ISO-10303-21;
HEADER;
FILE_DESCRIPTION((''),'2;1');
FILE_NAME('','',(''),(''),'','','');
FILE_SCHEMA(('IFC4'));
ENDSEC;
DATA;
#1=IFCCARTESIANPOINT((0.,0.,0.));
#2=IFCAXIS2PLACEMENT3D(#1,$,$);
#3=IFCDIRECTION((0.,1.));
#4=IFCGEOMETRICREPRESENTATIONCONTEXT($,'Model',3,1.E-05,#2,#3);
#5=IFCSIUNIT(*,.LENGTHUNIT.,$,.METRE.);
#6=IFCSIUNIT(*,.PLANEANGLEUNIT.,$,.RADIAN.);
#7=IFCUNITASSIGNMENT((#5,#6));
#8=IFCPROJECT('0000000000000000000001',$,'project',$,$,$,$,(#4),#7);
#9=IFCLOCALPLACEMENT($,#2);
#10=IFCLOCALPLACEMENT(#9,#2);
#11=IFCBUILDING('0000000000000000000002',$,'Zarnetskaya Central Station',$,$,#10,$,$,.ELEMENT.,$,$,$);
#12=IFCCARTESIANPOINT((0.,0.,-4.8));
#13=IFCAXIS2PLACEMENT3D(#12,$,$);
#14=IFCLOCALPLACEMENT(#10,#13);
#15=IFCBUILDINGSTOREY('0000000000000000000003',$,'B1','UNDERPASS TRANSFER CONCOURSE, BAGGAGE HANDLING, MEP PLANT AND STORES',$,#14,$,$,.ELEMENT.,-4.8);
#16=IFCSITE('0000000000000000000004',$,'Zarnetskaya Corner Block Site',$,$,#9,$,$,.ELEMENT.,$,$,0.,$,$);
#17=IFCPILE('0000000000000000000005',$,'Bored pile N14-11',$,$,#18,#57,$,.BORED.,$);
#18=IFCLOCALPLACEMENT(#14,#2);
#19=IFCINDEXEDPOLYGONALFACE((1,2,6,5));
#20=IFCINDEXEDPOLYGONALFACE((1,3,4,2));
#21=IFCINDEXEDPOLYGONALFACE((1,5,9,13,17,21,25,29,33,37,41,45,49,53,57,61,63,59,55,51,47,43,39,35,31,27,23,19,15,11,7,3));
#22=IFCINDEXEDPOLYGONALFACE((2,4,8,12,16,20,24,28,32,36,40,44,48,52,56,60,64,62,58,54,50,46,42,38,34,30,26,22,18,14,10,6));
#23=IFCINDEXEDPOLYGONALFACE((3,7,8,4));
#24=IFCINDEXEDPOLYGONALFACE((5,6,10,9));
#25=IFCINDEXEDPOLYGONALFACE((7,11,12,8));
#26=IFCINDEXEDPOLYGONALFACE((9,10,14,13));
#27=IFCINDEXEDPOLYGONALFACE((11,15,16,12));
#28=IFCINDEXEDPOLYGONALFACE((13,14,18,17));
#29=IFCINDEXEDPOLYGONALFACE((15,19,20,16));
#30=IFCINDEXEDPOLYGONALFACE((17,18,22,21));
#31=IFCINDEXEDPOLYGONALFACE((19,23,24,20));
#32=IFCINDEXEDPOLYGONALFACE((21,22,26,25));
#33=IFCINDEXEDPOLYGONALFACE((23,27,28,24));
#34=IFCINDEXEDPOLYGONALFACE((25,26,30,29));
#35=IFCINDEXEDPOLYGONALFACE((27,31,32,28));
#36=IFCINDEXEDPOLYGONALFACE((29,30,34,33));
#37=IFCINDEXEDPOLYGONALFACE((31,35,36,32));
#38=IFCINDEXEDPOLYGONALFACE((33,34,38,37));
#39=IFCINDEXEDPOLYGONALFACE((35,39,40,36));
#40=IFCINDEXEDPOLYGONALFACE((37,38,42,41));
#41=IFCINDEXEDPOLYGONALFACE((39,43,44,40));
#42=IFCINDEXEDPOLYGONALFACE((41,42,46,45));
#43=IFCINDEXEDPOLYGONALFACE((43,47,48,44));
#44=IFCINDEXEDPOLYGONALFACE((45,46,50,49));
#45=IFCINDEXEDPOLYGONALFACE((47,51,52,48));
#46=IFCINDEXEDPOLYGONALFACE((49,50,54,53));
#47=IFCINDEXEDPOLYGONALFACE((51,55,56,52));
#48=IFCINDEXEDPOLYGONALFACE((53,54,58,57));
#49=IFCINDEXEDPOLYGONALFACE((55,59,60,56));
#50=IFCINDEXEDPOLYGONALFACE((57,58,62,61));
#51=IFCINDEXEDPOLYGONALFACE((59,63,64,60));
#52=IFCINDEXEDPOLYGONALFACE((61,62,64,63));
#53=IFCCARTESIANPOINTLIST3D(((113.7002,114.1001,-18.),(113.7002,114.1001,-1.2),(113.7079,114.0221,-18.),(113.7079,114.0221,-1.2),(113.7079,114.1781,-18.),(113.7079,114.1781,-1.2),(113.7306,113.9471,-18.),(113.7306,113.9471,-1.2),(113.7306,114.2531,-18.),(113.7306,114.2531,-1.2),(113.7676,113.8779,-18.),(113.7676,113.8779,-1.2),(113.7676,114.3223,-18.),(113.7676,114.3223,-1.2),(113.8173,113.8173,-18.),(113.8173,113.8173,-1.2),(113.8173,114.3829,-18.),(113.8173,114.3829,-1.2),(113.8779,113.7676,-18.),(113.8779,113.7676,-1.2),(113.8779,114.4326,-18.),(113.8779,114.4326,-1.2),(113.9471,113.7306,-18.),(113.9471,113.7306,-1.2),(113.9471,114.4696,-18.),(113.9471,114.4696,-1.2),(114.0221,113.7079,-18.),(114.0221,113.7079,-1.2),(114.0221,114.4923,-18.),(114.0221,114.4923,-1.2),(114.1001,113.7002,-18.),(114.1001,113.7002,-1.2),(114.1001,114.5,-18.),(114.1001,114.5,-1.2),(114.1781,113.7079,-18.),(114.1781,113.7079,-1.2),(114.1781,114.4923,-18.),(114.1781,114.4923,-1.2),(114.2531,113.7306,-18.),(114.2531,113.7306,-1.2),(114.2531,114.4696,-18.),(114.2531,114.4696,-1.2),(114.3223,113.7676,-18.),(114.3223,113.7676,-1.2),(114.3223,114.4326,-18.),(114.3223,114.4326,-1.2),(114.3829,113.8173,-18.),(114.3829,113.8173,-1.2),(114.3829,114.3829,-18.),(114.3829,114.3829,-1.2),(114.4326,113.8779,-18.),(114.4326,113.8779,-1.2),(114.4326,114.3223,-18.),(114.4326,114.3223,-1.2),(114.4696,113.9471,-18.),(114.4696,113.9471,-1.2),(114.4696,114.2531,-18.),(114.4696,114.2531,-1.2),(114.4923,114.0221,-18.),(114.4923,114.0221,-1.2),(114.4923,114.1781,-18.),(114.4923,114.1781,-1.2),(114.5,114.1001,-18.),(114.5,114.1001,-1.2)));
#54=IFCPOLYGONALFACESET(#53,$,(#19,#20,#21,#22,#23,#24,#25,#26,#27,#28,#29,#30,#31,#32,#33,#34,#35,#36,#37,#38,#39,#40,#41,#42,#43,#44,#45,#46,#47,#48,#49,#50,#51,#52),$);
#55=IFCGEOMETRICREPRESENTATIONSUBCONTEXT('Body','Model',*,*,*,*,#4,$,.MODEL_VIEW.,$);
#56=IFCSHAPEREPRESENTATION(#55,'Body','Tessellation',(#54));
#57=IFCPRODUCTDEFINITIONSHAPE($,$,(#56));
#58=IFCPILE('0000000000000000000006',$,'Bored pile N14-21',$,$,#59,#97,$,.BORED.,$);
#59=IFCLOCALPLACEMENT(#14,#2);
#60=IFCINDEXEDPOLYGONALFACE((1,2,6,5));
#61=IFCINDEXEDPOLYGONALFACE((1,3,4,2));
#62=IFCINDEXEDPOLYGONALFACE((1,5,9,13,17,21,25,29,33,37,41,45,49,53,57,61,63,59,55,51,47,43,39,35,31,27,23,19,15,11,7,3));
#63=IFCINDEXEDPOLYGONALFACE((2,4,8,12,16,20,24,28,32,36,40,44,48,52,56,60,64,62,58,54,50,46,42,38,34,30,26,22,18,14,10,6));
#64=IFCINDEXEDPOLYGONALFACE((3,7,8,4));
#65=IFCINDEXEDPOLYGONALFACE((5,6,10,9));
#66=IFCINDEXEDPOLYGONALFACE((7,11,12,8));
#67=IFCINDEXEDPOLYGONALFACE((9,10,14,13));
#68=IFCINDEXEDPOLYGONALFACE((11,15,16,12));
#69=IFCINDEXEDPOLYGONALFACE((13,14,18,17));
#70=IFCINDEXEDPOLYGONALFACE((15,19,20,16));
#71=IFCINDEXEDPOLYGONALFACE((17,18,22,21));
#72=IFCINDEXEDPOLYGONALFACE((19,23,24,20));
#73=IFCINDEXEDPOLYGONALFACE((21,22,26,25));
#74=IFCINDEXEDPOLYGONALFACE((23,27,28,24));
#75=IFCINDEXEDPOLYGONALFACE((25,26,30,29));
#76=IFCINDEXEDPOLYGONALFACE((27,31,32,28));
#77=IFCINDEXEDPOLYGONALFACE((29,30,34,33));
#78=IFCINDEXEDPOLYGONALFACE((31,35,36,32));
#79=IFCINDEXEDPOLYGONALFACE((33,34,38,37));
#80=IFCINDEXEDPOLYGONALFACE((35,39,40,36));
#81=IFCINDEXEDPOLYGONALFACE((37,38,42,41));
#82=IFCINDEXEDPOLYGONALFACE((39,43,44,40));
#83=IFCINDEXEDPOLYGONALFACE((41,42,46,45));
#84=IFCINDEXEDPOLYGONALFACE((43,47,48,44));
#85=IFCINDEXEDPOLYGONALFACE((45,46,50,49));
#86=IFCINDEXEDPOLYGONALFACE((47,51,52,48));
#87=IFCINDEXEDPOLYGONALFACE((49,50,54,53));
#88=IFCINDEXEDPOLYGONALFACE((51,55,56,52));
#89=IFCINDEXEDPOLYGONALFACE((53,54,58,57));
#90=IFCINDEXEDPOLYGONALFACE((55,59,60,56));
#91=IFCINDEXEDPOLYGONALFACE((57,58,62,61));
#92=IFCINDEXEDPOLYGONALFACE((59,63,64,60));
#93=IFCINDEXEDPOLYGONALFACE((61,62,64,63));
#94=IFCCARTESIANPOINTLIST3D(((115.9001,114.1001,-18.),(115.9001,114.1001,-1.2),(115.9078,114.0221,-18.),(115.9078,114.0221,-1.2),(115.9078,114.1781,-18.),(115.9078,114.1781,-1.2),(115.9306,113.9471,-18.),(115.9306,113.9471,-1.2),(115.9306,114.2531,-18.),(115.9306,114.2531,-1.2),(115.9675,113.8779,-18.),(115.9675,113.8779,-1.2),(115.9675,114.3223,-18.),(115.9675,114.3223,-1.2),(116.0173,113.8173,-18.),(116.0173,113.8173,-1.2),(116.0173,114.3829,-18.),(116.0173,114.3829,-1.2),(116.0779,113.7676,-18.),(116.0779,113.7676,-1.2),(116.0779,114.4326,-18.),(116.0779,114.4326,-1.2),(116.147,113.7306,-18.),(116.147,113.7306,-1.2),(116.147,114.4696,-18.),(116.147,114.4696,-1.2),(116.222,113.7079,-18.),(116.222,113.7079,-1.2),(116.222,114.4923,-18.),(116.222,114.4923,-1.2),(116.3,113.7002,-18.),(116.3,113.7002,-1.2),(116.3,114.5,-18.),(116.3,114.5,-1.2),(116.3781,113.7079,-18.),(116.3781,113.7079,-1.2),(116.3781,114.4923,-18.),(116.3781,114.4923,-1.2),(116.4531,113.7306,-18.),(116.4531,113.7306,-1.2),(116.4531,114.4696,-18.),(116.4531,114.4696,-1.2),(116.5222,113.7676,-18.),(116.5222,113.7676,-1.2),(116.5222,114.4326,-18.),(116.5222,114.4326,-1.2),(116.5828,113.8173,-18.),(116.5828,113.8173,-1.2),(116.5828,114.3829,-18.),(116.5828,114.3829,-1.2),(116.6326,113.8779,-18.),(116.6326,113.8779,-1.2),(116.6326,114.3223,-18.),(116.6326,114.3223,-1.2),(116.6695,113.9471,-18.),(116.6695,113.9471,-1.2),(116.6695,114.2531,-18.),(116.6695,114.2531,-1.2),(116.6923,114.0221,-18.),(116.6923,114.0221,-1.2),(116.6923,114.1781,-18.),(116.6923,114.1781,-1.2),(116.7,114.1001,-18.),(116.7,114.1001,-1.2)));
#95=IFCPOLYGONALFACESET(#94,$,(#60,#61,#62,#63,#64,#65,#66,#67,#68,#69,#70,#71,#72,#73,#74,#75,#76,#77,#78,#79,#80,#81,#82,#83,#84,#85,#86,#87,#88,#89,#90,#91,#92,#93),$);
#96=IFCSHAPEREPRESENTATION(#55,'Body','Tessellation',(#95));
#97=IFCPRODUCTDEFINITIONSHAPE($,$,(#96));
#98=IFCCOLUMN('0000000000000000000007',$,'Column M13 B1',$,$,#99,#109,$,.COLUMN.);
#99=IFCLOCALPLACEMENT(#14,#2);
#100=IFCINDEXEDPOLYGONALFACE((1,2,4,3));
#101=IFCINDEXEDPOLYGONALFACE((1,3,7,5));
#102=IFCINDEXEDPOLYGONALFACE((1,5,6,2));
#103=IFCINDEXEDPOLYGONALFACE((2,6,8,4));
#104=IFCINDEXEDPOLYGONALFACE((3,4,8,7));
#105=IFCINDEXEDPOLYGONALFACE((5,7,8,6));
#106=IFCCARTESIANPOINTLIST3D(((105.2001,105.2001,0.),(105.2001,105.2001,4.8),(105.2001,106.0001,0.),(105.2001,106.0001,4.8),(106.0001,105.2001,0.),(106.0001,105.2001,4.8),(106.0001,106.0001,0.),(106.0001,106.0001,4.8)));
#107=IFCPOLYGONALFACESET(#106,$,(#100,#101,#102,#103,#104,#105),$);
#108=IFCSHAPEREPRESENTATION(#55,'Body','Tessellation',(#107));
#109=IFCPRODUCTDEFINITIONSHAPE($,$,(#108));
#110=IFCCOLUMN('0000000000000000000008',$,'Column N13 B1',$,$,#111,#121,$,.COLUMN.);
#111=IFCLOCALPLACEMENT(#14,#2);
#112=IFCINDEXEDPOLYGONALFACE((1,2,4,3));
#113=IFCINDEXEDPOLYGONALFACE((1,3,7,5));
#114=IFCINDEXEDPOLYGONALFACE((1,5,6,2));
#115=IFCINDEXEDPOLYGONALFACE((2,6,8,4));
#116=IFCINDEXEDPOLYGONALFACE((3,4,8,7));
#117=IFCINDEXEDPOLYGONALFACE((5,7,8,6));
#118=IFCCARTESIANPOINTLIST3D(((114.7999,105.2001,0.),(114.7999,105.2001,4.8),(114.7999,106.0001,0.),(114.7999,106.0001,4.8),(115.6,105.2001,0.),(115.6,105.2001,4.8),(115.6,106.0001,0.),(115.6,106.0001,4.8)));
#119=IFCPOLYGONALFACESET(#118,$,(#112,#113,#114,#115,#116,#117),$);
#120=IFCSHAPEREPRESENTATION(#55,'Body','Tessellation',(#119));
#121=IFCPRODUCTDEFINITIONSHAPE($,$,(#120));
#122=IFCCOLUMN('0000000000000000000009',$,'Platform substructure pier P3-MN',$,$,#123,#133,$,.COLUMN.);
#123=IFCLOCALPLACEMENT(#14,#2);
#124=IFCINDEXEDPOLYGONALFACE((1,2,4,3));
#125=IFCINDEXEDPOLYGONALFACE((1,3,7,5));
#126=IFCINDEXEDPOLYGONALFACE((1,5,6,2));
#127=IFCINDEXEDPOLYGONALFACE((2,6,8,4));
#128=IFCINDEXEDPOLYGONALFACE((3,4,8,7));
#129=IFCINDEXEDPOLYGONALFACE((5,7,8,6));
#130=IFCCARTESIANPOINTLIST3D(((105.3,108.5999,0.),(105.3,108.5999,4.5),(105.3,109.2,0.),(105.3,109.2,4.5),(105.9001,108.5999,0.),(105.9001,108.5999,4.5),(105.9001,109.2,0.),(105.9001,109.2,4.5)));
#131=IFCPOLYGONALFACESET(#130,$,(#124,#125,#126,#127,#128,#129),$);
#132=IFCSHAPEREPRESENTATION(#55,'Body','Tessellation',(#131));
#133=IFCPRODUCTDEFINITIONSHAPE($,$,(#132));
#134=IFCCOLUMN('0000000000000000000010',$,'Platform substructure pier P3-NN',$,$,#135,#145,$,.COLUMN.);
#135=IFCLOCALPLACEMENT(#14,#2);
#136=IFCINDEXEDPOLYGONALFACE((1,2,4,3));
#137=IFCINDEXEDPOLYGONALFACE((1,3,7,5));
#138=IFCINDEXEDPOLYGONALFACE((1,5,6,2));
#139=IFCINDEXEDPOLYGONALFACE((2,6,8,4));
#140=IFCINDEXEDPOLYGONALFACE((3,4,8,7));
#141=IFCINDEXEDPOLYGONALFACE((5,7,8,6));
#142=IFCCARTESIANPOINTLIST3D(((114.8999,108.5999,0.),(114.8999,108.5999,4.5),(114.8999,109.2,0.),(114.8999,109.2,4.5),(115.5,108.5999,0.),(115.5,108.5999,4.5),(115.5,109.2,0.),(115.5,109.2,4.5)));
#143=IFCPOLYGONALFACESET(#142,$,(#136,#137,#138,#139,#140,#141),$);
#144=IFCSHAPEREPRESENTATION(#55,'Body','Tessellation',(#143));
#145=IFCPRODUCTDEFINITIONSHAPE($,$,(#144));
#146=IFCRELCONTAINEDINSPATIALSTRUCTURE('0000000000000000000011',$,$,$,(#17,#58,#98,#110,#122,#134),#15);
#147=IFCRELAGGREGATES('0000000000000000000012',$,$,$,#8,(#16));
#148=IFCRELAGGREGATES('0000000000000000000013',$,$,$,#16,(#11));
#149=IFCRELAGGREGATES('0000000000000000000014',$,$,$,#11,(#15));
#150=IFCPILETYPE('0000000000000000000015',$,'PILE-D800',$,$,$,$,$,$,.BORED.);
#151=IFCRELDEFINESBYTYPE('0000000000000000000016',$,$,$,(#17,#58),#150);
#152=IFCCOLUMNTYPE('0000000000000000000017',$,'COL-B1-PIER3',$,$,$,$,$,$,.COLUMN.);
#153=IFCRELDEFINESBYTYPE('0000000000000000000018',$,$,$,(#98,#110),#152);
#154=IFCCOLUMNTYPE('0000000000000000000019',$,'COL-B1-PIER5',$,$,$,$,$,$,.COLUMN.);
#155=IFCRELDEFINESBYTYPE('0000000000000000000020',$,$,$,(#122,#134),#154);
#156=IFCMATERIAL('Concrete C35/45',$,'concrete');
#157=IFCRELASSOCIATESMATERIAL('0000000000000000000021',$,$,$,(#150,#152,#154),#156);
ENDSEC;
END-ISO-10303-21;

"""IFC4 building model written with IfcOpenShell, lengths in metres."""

from ifc_helpers import new_model, si_unit, direction, frame, origin, origin_2d, place, context, subcontext, project, spatial, rectangle, circle, extrude, material, material_profile, profile_set, type_object, element, save


model = new_model("IFC4")

# Units and contexts
model_context = context("Model", 3, precision=1e-05, world=origin(), true_north=direction((0.0, 1.0)))
body_context = subcontext(model_context, "Body", "Model", "MODEL_VIEW")
ifc_project = project(units=[si_unit("LENGTHUNIT", "METRE"), si_unit("PLANEANGLEUNIT", "RADIAN")], contexts=[model_context])

# Site, building, storey
site_placement = place(None, origin())
site = spatial("IfcSite", under=ifc_project, at=site_placement, Name="Zarnetskaya Corner Block Site", CompositionType="ELEMENT", RefElevation=0.0)
building_placement = place(site_placement, origin())
building = spatial("IfcBuilding", under=site, at=building_placement, Name="Zarnetskaya Central Station", CompositionType="ELEMENT")
storey_placement = place(building_placement, frame((0.0, 0.0, -4.8)))
storey = spatial("IfcBuildingStorey", under=building, at=storey_placement, Name="B1", Description="UNDERPASS TRANSFER CONCOURSE, BAGGAGE HANDLING, MEP PLANT AND STORES", CompositionType="ELEMENT", Elevation=-4.8)

# Shared definitions
ifc_material = material(Name="Concrete C35/45", Category="concrete")

# Piles
ifc_material_profile_1 = material_profile(ifc_material, circle(Radius=0.3999, at=origin_2d()), Name="BORED PILE D800")
ifc_profile_set_1 = profile_set([ifc_material_profile_1], Name="Concrete C35/45")
pile_type_1 = type_object("IfcPileType", Name="PILE-D800", PredefinedType="BORED", material=ifc_profile_set_1)
for number, where, z_axis, x_axis, name in (
    (1, (114.1001, 114.1001, -1.2), (0.0, 0.0, -1.0), (1.0, 0.0, 0.0), "Bored pile N14-11"),
    (2, (116.3, 114.1001, -1.2), (0.0, 0.0, -1.0), (1.0, 0.0, 0.0), "Bored pile N14-21"),
):
    element("IfcPile", number, at=place(storey_placement, frame(where, z_axis=z_axis, x_axis=x_axis)), inside=storey, type_object=pile_type_1, Name=name, PredefinedType="BORED", context=body_context, shape_type="SweptSolid", body=[
        extrude(circle(Radius=0.3999, at=origin_2d()), origin(), (0.0, 0.0, 1.0), 16.8),
    ])

# Columns
ifc_material_profile_2 = material_profile(ifc_material, rectangle(XDim=0.8, YDim=0.8, at=origin_2d()), Name="RC 800x800")
ifc_profile_set_2 = profile_set([ifc_material_profile_2], Name="Concrete C35/45")
column_type_1 = type_object("IfcColumnType", Name="COL-B1-PIER3", PredefinedType="COLUMN", material=ifc_profile_set_2)
for number, where, z_axis, x_axis, name in (
    (3, (105.6001, 105.6001, 0.0), (0.0, 0.0, 1.0), (1.0, 0.0, 0.0), "Column M13 B1"),
    (4, (115.2, 105.6001, 0.0), (0.0, 0.0, 1.0), (1.0, 0.0, 0.0), "Column N13 B1"),
):
    element("IfcColumn", number, at=place(storey_placement, frame(where, z_axis=z_axis, x_axis=x_axis)), inside=storey, type_object=column_type_1, Name=name, PredefinedType="COLUMN", context=body_context, shape_type="SweptSolid", body=[
        extrude(rectangle(XDim=0.8, YDim=0.8, at=origin_2d()), origin(), (0.0, 0.0, 1.0), 4.8),
    ])
ifc_material_profile_3 = material_profile(ifc_material, rectangle(XDim=0.6001, YDim=0.6001, at=origin_2d()), Name="RC 600x600")
ifc_profile_set_3 = profile_set([ifc_material_profile_3], Name="Concrete C35/45")
column_type_2 = type_object("IfcColumnType", Name="COL-B1-PIER5", PredefinedType="COLUMN", material=ifc_profile_set_3)
for number, where, z_axis, x_axis, name in (
    (5, (105.6001, 108.8999, 0.0), (0.0, 0.0, 1.0), (1.0, 0.0, 0.0), "Platform substructure pier P3-MN"),
    (6, (115.2, 108.8999, 0.0), (0.0, 0.0, 1.0), (1.0, 0.0, 0.0), "Platform substructure pier P3-NN"),
):
    element("IfcColumn", number, at=place(storey_placement, frame(where, z_axis=z_axis, x_axis=x_axis)), inside=storey, type_object=column_type_2, Name=name, PredefinedType="COLUMN", context=body_context, shape_type="SweptSolid", body=[
        extrude(rectangle(XDim=0.6001, YDim=0.6001, at=origin_2d()), origin(), (0.0, 0.0, 1.0), 4.5),
    ])

save(model, "model.ifc")
